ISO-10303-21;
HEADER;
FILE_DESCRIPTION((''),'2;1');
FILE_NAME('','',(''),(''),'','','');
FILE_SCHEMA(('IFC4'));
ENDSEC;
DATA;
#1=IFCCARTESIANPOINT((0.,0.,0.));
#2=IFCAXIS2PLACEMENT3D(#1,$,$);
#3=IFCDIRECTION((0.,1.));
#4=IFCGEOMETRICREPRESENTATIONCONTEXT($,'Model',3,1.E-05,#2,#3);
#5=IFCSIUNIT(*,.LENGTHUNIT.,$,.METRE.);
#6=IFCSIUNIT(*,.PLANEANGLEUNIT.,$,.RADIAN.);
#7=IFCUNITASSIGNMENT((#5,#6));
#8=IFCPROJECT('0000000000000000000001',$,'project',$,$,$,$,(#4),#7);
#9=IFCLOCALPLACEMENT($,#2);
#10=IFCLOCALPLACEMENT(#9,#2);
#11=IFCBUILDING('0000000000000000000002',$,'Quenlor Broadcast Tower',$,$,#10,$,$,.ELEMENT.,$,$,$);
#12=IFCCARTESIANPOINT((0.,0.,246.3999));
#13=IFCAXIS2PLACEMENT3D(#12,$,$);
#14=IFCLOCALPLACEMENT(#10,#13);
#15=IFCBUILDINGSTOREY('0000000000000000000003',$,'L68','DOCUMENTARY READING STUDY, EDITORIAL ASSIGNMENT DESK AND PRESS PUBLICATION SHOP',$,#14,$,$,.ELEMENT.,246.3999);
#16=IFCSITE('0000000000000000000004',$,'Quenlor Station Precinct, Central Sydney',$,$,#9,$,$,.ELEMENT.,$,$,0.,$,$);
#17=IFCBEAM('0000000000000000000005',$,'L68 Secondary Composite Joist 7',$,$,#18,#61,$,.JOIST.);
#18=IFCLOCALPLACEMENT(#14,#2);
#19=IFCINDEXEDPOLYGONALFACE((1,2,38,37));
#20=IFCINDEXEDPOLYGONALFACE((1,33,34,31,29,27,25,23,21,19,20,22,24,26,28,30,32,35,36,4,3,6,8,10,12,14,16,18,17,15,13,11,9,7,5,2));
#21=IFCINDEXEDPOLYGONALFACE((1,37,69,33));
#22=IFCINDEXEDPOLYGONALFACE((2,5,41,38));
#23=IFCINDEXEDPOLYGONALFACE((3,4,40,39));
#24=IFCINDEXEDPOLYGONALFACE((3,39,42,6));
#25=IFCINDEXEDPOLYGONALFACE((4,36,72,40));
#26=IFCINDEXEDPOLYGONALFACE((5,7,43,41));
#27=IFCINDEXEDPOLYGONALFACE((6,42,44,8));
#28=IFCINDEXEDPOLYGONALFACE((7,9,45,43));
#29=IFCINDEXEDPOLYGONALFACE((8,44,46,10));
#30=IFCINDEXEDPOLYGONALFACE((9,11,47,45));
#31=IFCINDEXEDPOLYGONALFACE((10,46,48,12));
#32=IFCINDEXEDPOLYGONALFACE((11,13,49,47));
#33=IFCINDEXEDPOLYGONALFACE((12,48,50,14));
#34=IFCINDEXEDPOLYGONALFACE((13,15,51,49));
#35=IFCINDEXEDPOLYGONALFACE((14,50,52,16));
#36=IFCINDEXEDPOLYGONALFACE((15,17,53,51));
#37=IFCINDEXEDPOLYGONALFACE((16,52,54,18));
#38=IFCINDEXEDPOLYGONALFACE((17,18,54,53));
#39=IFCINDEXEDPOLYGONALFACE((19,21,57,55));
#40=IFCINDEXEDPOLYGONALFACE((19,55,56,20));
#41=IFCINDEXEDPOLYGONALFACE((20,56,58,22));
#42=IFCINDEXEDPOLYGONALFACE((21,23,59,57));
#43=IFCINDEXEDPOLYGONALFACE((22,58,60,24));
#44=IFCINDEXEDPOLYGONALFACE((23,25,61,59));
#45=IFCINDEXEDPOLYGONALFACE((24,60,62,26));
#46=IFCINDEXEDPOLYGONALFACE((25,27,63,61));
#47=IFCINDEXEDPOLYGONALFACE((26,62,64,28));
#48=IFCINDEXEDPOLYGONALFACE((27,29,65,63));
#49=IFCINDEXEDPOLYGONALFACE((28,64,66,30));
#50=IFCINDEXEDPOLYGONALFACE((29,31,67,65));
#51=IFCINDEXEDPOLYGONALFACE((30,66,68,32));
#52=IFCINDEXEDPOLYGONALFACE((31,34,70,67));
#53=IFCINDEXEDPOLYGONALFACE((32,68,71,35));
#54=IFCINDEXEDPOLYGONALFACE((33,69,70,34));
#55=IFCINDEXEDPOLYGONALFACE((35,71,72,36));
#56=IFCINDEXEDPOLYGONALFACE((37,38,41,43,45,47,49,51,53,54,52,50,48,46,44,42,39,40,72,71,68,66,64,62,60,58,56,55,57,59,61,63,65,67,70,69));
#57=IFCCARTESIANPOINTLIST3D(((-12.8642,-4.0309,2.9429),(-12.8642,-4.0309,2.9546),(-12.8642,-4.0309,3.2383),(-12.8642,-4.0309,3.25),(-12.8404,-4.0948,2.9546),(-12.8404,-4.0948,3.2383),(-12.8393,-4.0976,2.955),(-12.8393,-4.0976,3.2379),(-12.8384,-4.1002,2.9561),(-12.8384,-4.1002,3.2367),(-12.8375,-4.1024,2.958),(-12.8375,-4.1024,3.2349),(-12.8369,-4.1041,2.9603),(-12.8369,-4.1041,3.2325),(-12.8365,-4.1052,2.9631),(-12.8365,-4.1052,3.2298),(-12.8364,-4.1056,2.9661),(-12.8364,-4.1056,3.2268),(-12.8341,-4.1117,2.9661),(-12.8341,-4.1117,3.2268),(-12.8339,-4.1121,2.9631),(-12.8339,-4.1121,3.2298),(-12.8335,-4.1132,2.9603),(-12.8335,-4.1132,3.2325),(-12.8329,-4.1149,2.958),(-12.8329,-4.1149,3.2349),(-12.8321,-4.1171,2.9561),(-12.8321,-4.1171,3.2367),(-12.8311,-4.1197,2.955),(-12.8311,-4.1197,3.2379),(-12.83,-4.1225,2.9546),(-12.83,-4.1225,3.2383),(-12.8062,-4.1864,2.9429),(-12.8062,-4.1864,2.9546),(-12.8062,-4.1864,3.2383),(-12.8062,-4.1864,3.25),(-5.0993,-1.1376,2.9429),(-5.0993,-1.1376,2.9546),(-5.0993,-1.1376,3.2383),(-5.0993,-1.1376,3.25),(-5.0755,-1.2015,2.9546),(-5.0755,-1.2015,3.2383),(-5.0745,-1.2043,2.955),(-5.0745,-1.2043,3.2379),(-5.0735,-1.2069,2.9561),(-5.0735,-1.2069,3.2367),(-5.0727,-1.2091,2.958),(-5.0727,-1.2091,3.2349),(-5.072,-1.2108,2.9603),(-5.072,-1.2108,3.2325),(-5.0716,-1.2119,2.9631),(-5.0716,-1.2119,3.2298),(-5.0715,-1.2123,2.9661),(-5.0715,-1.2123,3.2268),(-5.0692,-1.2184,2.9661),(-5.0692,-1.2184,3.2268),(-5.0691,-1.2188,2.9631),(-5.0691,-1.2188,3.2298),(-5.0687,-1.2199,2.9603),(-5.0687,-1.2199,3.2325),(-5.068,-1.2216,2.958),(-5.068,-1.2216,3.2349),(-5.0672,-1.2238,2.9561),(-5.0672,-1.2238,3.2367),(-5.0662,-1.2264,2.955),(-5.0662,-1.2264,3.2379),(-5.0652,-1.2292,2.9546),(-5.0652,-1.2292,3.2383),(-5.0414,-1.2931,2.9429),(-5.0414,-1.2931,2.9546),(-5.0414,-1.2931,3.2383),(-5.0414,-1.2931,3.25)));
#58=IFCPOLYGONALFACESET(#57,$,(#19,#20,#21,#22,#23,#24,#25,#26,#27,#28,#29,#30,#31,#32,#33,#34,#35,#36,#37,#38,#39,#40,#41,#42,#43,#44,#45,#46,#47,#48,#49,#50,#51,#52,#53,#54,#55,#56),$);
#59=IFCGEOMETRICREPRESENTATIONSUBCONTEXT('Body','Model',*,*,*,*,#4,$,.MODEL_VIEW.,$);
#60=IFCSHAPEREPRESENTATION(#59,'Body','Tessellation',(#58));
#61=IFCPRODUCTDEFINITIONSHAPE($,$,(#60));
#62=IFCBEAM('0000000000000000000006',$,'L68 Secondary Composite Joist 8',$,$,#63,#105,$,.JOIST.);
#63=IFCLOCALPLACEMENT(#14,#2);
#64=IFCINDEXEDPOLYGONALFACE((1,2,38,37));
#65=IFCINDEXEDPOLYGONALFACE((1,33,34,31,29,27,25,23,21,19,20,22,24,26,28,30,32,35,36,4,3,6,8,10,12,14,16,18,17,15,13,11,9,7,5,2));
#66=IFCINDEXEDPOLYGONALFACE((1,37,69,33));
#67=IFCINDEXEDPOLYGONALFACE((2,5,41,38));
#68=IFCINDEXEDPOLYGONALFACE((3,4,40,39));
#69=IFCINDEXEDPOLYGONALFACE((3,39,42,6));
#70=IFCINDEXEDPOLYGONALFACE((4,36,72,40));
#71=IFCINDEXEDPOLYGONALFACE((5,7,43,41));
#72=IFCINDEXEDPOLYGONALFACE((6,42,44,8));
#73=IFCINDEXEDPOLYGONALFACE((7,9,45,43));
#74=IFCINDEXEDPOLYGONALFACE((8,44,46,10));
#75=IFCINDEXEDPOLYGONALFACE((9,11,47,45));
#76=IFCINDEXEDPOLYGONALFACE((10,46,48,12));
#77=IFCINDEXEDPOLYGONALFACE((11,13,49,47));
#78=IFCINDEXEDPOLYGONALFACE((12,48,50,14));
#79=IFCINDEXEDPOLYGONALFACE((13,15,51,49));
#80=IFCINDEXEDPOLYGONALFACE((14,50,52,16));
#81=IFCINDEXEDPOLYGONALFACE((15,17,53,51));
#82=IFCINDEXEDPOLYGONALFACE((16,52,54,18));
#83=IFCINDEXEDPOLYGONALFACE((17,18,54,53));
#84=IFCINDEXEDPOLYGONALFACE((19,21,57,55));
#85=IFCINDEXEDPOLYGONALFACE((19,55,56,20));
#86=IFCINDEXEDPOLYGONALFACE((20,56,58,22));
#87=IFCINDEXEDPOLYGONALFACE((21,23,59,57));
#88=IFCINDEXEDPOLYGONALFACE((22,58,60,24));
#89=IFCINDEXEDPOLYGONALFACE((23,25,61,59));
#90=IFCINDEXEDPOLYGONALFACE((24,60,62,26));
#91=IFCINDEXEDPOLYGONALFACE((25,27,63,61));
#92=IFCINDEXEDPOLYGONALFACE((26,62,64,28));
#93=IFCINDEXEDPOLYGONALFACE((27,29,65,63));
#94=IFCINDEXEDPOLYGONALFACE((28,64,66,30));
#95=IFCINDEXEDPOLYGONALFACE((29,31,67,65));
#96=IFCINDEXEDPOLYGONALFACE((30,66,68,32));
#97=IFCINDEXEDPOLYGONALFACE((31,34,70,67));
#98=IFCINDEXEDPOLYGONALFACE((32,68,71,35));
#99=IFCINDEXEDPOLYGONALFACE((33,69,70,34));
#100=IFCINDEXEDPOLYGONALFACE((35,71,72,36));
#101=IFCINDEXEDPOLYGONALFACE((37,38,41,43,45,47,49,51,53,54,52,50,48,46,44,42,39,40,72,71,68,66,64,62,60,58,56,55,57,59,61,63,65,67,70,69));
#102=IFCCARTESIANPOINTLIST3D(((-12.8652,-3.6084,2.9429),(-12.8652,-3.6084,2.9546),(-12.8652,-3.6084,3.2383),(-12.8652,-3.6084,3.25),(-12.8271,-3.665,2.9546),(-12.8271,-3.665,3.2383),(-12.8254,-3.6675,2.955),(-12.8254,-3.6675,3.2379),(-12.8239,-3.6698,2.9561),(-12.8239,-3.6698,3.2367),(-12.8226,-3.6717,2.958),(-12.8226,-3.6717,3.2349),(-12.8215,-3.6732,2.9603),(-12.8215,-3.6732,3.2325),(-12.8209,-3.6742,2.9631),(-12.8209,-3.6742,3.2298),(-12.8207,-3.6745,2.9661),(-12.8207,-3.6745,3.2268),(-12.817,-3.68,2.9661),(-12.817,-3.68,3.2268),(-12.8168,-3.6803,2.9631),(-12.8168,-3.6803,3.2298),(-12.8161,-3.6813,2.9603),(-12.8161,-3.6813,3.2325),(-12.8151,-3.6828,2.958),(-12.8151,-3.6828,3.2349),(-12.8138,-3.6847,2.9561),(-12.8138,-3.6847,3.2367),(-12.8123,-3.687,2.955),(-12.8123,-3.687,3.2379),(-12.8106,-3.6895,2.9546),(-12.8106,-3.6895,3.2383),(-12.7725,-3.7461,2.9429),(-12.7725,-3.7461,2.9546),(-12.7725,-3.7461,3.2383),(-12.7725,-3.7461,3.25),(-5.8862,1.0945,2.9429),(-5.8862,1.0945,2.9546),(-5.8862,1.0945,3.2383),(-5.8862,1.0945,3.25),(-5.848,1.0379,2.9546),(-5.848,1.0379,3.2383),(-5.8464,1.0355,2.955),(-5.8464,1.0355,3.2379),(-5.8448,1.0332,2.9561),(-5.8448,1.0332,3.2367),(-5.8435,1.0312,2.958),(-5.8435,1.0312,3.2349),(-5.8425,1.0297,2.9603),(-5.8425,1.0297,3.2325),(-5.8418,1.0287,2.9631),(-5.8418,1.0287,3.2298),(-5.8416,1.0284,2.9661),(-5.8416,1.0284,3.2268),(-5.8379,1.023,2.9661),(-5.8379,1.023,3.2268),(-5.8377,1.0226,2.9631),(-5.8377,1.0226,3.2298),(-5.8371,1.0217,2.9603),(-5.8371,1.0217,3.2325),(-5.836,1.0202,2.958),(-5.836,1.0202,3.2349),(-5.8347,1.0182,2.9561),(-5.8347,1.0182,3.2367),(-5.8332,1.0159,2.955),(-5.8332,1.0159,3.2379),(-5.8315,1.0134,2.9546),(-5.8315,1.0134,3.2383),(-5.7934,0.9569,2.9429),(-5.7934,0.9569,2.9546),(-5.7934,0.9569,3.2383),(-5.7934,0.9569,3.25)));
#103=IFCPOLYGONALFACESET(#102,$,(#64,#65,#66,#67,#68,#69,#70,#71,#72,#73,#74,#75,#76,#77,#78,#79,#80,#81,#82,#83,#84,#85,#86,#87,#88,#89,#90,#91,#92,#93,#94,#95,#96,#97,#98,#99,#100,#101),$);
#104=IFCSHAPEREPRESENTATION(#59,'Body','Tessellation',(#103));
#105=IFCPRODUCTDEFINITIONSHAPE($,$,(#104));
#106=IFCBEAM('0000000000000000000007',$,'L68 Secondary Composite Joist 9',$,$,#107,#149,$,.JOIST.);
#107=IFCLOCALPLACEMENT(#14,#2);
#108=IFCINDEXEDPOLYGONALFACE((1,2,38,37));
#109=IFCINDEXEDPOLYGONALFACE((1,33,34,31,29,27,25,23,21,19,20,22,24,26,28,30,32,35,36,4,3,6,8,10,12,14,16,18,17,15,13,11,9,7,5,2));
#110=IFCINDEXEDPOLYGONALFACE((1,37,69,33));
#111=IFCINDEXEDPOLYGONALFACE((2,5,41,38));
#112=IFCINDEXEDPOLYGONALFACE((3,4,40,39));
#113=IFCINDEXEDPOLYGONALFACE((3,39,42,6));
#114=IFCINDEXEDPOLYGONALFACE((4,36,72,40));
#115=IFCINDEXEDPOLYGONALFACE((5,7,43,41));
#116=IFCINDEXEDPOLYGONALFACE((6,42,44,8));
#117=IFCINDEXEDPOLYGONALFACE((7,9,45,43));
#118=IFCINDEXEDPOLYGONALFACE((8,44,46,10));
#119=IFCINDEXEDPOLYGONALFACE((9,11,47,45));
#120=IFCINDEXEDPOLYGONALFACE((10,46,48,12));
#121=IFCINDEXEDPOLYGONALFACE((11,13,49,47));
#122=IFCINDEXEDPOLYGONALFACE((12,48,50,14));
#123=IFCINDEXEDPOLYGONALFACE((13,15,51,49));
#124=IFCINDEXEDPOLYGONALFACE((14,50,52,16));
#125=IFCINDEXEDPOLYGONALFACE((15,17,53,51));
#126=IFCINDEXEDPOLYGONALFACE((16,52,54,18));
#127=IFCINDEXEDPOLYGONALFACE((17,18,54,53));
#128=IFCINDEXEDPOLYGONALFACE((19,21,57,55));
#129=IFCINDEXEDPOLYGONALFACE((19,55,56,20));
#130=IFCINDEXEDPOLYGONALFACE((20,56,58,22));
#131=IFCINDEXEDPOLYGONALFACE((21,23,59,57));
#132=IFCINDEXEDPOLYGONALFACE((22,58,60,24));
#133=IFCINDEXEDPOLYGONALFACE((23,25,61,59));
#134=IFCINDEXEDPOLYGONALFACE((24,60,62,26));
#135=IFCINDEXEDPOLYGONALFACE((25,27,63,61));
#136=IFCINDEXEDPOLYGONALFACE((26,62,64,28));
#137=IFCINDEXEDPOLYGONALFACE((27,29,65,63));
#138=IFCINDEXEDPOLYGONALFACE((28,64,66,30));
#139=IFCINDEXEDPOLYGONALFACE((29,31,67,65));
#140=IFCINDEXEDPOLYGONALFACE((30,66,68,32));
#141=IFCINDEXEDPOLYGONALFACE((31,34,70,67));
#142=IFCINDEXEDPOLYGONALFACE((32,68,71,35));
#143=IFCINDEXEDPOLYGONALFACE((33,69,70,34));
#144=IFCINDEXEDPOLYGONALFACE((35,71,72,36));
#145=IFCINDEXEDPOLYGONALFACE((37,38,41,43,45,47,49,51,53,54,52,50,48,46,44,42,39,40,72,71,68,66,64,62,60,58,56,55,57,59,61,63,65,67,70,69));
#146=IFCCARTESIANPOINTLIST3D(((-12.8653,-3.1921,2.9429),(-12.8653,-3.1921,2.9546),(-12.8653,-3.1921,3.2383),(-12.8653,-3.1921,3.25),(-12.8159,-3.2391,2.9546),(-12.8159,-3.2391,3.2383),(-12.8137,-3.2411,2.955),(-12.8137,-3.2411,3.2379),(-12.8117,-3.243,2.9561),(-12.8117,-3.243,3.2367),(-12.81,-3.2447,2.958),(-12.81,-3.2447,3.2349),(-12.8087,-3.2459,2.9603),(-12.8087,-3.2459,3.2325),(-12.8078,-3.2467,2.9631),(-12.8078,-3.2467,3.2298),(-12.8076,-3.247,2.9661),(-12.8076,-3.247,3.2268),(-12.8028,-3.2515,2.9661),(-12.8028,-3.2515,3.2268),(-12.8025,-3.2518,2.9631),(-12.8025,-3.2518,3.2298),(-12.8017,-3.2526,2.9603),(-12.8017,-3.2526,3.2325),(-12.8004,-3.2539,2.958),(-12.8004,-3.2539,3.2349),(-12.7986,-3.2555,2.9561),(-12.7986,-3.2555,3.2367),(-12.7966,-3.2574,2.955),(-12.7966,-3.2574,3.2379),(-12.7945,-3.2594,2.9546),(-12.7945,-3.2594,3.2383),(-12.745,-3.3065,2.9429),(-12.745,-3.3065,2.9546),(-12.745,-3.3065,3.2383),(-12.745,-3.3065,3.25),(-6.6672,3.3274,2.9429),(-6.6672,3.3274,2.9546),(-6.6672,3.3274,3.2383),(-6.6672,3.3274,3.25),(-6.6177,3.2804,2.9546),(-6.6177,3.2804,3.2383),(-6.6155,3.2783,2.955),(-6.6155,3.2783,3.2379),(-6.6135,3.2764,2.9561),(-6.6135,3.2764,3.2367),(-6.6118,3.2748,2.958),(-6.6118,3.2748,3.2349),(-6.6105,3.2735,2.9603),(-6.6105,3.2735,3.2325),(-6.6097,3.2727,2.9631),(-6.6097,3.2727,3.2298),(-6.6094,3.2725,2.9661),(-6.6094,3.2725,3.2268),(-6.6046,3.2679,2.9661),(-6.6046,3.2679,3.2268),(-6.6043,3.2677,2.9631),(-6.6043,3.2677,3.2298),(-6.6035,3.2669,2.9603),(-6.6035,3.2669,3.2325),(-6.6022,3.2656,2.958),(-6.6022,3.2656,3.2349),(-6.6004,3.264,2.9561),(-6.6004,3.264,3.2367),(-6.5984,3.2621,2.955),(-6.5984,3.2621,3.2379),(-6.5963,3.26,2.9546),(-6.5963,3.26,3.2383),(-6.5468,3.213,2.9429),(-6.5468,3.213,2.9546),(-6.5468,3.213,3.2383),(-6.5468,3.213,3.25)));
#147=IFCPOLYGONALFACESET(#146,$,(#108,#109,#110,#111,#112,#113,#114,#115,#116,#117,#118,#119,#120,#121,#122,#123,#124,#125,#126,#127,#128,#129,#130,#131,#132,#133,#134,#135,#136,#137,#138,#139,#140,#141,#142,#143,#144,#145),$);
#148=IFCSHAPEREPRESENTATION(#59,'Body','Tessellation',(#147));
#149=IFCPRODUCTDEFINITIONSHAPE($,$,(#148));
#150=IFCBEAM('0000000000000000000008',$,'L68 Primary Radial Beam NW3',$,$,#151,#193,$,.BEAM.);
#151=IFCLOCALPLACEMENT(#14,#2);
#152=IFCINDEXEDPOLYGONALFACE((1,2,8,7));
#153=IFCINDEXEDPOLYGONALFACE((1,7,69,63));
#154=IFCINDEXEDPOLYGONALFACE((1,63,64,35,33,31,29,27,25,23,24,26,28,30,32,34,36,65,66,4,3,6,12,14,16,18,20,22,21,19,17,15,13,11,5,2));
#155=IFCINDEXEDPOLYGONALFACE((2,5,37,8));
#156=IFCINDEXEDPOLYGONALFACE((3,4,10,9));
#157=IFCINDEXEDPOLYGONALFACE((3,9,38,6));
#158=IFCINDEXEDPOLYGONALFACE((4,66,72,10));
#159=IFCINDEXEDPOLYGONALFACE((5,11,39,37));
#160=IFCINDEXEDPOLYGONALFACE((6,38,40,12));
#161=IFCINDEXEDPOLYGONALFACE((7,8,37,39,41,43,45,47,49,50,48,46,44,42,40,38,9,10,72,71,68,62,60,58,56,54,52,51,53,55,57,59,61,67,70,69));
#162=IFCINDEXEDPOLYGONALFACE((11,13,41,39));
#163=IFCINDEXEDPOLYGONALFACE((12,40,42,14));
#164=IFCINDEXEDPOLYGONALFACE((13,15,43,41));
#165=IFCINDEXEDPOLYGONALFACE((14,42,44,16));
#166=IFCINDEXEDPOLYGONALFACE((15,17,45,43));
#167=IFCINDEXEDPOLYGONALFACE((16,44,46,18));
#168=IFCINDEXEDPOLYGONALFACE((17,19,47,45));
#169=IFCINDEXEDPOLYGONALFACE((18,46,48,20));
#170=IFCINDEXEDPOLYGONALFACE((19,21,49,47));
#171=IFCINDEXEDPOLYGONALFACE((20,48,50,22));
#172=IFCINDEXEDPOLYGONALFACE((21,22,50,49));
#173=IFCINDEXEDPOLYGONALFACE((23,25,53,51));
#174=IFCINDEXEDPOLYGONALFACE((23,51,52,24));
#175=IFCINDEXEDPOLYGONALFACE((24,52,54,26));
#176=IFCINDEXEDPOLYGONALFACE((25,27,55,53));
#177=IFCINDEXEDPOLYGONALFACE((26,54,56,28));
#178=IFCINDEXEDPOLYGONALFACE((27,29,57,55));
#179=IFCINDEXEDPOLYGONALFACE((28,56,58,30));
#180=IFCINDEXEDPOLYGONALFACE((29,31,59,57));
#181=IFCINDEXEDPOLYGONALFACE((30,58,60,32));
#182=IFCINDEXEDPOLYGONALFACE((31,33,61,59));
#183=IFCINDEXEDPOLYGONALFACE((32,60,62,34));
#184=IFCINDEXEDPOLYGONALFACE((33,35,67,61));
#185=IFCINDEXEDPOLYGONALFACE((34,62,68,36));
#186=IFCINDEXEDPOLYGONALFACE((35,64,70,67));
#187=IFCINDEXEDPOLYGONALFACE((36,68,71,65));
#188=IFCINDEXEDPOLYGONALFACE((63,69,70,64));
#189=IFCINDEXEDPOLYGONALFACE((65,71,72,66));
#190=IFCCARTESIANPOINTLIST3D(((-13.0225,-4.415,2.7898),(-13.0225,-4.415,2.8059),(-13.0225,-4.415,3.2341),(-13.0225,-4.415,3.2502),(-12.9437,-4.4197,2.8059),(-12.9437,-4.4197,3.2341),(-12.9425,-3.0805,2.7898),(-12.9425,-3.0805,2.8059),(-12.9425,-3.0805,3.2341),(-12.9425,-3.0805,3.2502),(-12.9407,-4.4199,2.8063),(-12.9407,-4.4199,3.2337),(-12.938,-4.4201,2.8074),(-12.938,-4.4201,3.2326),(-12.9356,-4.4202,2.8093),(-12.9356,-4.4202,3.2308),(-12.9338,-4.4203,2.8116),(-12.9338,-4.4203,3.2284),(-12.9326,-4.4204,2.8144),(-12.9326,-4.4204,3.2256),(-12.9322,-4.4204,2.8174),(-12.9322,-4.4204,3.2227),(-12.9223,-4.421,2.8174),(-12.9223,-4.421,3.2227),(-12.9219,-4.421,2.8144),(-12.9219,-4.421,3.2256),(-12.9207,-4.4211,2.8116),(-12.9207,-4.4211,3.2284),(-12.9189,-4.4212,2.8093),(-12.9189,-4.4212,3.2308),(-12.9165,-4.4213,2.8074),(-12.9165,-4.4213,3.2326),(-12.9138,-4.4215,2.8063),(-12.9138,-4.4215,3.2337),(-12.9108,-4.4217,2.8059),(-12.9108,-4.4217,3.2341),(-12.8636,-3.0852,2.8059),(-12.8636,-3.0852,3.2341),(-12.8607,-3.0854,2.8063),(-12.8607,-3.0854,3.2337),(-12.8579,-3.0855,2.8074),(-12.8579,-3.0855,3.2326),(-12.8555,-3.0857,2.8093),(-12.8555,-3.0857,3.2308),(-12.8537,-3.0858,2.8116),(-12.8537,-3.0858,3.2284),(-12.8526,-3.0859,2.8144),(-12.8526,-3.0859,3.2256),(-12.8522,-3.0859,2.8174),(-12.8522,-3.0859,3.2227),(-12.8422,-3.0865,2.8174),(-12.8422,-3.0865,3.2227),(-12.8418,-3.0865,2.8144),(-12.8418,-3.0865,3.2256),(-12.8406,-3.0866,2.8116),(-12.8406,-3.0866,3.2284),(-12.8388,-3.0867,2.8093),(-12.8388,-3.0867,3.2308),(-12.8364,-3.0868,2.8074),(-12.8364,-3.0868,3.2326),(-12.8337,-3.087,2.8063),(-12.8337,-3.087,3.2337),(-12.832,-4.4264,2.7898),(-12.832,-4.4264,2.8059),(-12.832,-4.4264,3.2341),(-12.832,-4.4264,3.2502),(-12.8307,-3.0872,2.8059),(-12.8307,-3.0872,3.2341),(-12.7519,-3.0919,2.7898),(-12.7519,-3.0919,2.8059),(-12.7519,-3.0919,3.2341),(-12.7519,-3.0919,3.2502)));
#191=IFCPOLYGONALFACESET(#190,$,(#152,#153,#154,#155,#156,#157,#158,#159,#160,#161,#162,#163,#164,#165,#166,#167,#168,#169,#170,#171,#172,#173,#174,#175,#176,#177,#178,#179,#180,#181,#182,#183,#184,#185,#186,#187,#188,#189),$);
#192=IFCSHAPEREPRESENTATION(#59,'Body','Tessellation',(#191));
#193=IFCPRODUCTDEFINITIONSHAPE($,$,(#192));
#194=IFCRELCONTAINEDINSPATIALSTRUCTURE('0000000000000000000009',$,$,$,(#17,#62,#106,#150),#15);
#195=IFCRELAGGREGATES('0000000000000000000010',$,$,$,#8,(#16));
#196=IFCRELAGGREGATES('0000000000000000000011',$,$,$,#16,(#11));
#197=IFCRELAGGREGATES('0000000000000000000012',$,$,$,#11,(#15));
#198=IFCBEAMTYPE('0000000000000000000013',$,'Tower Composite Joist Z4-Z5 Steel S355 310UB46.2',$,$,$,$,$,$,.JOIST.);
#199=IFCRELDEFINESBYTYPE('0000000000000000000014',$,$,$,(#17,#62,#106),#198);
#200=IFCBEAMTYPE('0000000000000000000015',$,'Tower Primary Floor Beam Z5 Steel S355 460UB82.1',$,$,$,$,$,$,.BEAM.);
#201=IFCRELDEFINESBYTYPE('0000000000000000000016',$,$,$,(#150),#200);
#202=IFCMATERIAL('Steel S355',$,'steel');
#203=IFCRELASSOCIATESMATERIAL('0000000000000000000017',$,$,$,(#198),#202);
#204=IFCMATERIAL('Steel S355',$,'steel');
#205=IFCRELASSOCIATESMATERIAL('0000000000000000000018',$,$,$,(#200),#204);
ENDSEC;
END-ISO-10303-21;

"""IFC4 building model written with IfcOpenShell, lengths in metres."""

from ifc_helpers import new_model, si_unit, direction, frame, origin, origin_2d, place, context, subcontext, project, spatial, i_section, extrude, material, material_profile, profile_set, type_object, element, save


model = new_model("IFC4")

# Units and contexts
model_context = context("Model", 3, precision=1e-05, world=origin(), true_north=direction((0.0, 1.0)))
body_context = subcontext(model_context, "Body", "Model", "MODEL_VIEW")
ifc_project = project(units=[si_unit("LENGTHUNIT", "METRE"), si_unit("PLANEANGLEUNIT", "RADIAN")], contexts=[model_context])

# Site, building, storey
site_placement = place(None, origin())
site = spatial("IfcSite", under=ifc_project, at=site_placement, Name="Quenlor Station Precinct, Central Sydney", CompositionType="ELEMENT", RefElevation=0.0)
building_placement = place(site_placement, origin())
building = spatial("IfcBuilding", under=site, at=building_placement, Name="Quenlor Broadcast Tower", CompositionType="ELEMENT")
storey_placement = place(building_placement, frame((0.0, 0.0, 246.3999)))
storey = spatial("IfcBuildingStorey", under=building, at=storey_placement, Name="L68", Description="DOCUMENTARY READING STUDY, EDITORIAL ASSIGNMENT DESK AND PRESS PUBLICATION SHOP", CompositionType="ELEMENT", Elevation=246.3999)

# Beams
ifc_material_1 = material(Name="Steel S355", Category="steel")
ifc_material_profile_1 = material_profile(ifc_material_1, i_section(OverallWidth=0.166, OverallDepth=0.3071, WebThickness=0.0066, FlangeThickness=0.0117, FilletRadius=0.0115, at=origin_2d()))
ifc_profile_set_1 = profile_set([ifc_material_profile_1], Name="Steel S355 310UB46.2")
beam_type_1 = type_object("IfcBeamType", Name="Tower Composite Joist Z4-Z5 Steel S355 310UB46.2", PredefinedType="JOIST", material=ifc_profile_set_1)
beam_1_placement = place(storey_placement, frame((-12.8352, -4.1086, 3.0964), z_axis=(0.937062, 0.349163, 0.0), x_axis=(-0.349163, 0.937062, 0.0)))
element("IfcBeam", 1, at=beam_1_placement, inside=storey, type_object=beam_type_1, Name="L68 Secondary Composite Joist 7", PredefinedType="JOIST", context=body_context, shape_type="SweptSolid", body=[
    extrude(i_section(OverallWidth=0.166, OverallDepth=0.3071, WebThickness=0.0066, FlangeThickness=0.0117, FilletRadius=0.0115, at=origin_2d()), origin(), (0.0, 0.0, 1.0), 8.2864),
])
beam_2_placement = place(storey_placement, frame((-12.8188, -3.6772, 3.0964), z_axis=(0.829286, 0.558824, 0.0), x_axis=(-0.558824, 0.829286, 0.0)))
element("IfcBeam", 2, at=beam_2_placement, inside=storey, type_object=beam_type_1, Name="L68 Secondary Composite Joist 8", PredefinedType="JOIST", context=body_context, shape_type="SweptSolid", body=[
    extrude(i_section(OverallWidth=0.166, OverallDepth=0.3071, WebThickness=0.0066, FlangeThickness=0.0117, FilletRadius=0.0115, at=origin_2d()), origin(), (0.0, 0.0, 1.0), 8.4158),
])
beam_3_placement = place(storey_placement, frame((-12.8052, -3.2493, 3.0964), z_axis=(0.689023, 0.724739, 0.0), x_axis=(-0.724739, 0.689023, 0.0)))
element("IfcBeam", 3, at=beam_3_placement, inside=storey, type_object=beam_type_1, Name="L68 Secondary Composite Joist 9", PredefinedType="JOIST", context=body_context, shape_type="SweptSolid", body=[
    extrude(i_section(OverallWidth=0.166, OverallDepth=0.3071, WebThickness=0.0066, FlangeThickness=0.0117, FilletRadius=0.0115, at=origin_2d()), origin(), (0.0, 0.0, 1.0), 8.9956),
])
ifc_material_2 = material(Name="Steel S355", Category="steel")
ifc_material_profile_2 = material_profile(ifc_material_2, i_section(OverallWidth=0.1909, OverallDepth=0.4604, WebThickness=0.01, FlangeThickness=0.0161, FilletRadius=0.0115, at=origin_2d()))
ifc_profile_set_2 = profile_set([ifc_material_profile_2], Name="Steel S355 460UB82.1")
beam_type_2 = type_object("IfcBeamType", Name="Tower Primary Floor Beam Z5 Steel S355 460UB82.1", PredefinedType="BEAM", material=ifc_profile_set_2)
beam_4_placement = place(storey_placement, frame((-12.8472, -3.0862, 3.02), z_axis=(-0.0599, -0.998204, 0.0), x_axis=(0.998204, -0.0599, 0.0)))
element("IfcBeam", 4, at=beam_4_placement, inside=storey, type_object=beam_type_2, Name="L68 Primary Radial Beam NW3", PredefinedType="BEAM", context=body_context, shape_type="SweptSolid", body=[
    extrude(i_section(OverallWidth=0.1909, OverallDepth=0.4604, WebThickness=0.01, FlangeThickness=0.0161, FilletRadius=0.0115, at=origin_2d()), origin(), (0.0, 0.0, 1.0), 1.3369),
])

save(model, "model.ifc")
